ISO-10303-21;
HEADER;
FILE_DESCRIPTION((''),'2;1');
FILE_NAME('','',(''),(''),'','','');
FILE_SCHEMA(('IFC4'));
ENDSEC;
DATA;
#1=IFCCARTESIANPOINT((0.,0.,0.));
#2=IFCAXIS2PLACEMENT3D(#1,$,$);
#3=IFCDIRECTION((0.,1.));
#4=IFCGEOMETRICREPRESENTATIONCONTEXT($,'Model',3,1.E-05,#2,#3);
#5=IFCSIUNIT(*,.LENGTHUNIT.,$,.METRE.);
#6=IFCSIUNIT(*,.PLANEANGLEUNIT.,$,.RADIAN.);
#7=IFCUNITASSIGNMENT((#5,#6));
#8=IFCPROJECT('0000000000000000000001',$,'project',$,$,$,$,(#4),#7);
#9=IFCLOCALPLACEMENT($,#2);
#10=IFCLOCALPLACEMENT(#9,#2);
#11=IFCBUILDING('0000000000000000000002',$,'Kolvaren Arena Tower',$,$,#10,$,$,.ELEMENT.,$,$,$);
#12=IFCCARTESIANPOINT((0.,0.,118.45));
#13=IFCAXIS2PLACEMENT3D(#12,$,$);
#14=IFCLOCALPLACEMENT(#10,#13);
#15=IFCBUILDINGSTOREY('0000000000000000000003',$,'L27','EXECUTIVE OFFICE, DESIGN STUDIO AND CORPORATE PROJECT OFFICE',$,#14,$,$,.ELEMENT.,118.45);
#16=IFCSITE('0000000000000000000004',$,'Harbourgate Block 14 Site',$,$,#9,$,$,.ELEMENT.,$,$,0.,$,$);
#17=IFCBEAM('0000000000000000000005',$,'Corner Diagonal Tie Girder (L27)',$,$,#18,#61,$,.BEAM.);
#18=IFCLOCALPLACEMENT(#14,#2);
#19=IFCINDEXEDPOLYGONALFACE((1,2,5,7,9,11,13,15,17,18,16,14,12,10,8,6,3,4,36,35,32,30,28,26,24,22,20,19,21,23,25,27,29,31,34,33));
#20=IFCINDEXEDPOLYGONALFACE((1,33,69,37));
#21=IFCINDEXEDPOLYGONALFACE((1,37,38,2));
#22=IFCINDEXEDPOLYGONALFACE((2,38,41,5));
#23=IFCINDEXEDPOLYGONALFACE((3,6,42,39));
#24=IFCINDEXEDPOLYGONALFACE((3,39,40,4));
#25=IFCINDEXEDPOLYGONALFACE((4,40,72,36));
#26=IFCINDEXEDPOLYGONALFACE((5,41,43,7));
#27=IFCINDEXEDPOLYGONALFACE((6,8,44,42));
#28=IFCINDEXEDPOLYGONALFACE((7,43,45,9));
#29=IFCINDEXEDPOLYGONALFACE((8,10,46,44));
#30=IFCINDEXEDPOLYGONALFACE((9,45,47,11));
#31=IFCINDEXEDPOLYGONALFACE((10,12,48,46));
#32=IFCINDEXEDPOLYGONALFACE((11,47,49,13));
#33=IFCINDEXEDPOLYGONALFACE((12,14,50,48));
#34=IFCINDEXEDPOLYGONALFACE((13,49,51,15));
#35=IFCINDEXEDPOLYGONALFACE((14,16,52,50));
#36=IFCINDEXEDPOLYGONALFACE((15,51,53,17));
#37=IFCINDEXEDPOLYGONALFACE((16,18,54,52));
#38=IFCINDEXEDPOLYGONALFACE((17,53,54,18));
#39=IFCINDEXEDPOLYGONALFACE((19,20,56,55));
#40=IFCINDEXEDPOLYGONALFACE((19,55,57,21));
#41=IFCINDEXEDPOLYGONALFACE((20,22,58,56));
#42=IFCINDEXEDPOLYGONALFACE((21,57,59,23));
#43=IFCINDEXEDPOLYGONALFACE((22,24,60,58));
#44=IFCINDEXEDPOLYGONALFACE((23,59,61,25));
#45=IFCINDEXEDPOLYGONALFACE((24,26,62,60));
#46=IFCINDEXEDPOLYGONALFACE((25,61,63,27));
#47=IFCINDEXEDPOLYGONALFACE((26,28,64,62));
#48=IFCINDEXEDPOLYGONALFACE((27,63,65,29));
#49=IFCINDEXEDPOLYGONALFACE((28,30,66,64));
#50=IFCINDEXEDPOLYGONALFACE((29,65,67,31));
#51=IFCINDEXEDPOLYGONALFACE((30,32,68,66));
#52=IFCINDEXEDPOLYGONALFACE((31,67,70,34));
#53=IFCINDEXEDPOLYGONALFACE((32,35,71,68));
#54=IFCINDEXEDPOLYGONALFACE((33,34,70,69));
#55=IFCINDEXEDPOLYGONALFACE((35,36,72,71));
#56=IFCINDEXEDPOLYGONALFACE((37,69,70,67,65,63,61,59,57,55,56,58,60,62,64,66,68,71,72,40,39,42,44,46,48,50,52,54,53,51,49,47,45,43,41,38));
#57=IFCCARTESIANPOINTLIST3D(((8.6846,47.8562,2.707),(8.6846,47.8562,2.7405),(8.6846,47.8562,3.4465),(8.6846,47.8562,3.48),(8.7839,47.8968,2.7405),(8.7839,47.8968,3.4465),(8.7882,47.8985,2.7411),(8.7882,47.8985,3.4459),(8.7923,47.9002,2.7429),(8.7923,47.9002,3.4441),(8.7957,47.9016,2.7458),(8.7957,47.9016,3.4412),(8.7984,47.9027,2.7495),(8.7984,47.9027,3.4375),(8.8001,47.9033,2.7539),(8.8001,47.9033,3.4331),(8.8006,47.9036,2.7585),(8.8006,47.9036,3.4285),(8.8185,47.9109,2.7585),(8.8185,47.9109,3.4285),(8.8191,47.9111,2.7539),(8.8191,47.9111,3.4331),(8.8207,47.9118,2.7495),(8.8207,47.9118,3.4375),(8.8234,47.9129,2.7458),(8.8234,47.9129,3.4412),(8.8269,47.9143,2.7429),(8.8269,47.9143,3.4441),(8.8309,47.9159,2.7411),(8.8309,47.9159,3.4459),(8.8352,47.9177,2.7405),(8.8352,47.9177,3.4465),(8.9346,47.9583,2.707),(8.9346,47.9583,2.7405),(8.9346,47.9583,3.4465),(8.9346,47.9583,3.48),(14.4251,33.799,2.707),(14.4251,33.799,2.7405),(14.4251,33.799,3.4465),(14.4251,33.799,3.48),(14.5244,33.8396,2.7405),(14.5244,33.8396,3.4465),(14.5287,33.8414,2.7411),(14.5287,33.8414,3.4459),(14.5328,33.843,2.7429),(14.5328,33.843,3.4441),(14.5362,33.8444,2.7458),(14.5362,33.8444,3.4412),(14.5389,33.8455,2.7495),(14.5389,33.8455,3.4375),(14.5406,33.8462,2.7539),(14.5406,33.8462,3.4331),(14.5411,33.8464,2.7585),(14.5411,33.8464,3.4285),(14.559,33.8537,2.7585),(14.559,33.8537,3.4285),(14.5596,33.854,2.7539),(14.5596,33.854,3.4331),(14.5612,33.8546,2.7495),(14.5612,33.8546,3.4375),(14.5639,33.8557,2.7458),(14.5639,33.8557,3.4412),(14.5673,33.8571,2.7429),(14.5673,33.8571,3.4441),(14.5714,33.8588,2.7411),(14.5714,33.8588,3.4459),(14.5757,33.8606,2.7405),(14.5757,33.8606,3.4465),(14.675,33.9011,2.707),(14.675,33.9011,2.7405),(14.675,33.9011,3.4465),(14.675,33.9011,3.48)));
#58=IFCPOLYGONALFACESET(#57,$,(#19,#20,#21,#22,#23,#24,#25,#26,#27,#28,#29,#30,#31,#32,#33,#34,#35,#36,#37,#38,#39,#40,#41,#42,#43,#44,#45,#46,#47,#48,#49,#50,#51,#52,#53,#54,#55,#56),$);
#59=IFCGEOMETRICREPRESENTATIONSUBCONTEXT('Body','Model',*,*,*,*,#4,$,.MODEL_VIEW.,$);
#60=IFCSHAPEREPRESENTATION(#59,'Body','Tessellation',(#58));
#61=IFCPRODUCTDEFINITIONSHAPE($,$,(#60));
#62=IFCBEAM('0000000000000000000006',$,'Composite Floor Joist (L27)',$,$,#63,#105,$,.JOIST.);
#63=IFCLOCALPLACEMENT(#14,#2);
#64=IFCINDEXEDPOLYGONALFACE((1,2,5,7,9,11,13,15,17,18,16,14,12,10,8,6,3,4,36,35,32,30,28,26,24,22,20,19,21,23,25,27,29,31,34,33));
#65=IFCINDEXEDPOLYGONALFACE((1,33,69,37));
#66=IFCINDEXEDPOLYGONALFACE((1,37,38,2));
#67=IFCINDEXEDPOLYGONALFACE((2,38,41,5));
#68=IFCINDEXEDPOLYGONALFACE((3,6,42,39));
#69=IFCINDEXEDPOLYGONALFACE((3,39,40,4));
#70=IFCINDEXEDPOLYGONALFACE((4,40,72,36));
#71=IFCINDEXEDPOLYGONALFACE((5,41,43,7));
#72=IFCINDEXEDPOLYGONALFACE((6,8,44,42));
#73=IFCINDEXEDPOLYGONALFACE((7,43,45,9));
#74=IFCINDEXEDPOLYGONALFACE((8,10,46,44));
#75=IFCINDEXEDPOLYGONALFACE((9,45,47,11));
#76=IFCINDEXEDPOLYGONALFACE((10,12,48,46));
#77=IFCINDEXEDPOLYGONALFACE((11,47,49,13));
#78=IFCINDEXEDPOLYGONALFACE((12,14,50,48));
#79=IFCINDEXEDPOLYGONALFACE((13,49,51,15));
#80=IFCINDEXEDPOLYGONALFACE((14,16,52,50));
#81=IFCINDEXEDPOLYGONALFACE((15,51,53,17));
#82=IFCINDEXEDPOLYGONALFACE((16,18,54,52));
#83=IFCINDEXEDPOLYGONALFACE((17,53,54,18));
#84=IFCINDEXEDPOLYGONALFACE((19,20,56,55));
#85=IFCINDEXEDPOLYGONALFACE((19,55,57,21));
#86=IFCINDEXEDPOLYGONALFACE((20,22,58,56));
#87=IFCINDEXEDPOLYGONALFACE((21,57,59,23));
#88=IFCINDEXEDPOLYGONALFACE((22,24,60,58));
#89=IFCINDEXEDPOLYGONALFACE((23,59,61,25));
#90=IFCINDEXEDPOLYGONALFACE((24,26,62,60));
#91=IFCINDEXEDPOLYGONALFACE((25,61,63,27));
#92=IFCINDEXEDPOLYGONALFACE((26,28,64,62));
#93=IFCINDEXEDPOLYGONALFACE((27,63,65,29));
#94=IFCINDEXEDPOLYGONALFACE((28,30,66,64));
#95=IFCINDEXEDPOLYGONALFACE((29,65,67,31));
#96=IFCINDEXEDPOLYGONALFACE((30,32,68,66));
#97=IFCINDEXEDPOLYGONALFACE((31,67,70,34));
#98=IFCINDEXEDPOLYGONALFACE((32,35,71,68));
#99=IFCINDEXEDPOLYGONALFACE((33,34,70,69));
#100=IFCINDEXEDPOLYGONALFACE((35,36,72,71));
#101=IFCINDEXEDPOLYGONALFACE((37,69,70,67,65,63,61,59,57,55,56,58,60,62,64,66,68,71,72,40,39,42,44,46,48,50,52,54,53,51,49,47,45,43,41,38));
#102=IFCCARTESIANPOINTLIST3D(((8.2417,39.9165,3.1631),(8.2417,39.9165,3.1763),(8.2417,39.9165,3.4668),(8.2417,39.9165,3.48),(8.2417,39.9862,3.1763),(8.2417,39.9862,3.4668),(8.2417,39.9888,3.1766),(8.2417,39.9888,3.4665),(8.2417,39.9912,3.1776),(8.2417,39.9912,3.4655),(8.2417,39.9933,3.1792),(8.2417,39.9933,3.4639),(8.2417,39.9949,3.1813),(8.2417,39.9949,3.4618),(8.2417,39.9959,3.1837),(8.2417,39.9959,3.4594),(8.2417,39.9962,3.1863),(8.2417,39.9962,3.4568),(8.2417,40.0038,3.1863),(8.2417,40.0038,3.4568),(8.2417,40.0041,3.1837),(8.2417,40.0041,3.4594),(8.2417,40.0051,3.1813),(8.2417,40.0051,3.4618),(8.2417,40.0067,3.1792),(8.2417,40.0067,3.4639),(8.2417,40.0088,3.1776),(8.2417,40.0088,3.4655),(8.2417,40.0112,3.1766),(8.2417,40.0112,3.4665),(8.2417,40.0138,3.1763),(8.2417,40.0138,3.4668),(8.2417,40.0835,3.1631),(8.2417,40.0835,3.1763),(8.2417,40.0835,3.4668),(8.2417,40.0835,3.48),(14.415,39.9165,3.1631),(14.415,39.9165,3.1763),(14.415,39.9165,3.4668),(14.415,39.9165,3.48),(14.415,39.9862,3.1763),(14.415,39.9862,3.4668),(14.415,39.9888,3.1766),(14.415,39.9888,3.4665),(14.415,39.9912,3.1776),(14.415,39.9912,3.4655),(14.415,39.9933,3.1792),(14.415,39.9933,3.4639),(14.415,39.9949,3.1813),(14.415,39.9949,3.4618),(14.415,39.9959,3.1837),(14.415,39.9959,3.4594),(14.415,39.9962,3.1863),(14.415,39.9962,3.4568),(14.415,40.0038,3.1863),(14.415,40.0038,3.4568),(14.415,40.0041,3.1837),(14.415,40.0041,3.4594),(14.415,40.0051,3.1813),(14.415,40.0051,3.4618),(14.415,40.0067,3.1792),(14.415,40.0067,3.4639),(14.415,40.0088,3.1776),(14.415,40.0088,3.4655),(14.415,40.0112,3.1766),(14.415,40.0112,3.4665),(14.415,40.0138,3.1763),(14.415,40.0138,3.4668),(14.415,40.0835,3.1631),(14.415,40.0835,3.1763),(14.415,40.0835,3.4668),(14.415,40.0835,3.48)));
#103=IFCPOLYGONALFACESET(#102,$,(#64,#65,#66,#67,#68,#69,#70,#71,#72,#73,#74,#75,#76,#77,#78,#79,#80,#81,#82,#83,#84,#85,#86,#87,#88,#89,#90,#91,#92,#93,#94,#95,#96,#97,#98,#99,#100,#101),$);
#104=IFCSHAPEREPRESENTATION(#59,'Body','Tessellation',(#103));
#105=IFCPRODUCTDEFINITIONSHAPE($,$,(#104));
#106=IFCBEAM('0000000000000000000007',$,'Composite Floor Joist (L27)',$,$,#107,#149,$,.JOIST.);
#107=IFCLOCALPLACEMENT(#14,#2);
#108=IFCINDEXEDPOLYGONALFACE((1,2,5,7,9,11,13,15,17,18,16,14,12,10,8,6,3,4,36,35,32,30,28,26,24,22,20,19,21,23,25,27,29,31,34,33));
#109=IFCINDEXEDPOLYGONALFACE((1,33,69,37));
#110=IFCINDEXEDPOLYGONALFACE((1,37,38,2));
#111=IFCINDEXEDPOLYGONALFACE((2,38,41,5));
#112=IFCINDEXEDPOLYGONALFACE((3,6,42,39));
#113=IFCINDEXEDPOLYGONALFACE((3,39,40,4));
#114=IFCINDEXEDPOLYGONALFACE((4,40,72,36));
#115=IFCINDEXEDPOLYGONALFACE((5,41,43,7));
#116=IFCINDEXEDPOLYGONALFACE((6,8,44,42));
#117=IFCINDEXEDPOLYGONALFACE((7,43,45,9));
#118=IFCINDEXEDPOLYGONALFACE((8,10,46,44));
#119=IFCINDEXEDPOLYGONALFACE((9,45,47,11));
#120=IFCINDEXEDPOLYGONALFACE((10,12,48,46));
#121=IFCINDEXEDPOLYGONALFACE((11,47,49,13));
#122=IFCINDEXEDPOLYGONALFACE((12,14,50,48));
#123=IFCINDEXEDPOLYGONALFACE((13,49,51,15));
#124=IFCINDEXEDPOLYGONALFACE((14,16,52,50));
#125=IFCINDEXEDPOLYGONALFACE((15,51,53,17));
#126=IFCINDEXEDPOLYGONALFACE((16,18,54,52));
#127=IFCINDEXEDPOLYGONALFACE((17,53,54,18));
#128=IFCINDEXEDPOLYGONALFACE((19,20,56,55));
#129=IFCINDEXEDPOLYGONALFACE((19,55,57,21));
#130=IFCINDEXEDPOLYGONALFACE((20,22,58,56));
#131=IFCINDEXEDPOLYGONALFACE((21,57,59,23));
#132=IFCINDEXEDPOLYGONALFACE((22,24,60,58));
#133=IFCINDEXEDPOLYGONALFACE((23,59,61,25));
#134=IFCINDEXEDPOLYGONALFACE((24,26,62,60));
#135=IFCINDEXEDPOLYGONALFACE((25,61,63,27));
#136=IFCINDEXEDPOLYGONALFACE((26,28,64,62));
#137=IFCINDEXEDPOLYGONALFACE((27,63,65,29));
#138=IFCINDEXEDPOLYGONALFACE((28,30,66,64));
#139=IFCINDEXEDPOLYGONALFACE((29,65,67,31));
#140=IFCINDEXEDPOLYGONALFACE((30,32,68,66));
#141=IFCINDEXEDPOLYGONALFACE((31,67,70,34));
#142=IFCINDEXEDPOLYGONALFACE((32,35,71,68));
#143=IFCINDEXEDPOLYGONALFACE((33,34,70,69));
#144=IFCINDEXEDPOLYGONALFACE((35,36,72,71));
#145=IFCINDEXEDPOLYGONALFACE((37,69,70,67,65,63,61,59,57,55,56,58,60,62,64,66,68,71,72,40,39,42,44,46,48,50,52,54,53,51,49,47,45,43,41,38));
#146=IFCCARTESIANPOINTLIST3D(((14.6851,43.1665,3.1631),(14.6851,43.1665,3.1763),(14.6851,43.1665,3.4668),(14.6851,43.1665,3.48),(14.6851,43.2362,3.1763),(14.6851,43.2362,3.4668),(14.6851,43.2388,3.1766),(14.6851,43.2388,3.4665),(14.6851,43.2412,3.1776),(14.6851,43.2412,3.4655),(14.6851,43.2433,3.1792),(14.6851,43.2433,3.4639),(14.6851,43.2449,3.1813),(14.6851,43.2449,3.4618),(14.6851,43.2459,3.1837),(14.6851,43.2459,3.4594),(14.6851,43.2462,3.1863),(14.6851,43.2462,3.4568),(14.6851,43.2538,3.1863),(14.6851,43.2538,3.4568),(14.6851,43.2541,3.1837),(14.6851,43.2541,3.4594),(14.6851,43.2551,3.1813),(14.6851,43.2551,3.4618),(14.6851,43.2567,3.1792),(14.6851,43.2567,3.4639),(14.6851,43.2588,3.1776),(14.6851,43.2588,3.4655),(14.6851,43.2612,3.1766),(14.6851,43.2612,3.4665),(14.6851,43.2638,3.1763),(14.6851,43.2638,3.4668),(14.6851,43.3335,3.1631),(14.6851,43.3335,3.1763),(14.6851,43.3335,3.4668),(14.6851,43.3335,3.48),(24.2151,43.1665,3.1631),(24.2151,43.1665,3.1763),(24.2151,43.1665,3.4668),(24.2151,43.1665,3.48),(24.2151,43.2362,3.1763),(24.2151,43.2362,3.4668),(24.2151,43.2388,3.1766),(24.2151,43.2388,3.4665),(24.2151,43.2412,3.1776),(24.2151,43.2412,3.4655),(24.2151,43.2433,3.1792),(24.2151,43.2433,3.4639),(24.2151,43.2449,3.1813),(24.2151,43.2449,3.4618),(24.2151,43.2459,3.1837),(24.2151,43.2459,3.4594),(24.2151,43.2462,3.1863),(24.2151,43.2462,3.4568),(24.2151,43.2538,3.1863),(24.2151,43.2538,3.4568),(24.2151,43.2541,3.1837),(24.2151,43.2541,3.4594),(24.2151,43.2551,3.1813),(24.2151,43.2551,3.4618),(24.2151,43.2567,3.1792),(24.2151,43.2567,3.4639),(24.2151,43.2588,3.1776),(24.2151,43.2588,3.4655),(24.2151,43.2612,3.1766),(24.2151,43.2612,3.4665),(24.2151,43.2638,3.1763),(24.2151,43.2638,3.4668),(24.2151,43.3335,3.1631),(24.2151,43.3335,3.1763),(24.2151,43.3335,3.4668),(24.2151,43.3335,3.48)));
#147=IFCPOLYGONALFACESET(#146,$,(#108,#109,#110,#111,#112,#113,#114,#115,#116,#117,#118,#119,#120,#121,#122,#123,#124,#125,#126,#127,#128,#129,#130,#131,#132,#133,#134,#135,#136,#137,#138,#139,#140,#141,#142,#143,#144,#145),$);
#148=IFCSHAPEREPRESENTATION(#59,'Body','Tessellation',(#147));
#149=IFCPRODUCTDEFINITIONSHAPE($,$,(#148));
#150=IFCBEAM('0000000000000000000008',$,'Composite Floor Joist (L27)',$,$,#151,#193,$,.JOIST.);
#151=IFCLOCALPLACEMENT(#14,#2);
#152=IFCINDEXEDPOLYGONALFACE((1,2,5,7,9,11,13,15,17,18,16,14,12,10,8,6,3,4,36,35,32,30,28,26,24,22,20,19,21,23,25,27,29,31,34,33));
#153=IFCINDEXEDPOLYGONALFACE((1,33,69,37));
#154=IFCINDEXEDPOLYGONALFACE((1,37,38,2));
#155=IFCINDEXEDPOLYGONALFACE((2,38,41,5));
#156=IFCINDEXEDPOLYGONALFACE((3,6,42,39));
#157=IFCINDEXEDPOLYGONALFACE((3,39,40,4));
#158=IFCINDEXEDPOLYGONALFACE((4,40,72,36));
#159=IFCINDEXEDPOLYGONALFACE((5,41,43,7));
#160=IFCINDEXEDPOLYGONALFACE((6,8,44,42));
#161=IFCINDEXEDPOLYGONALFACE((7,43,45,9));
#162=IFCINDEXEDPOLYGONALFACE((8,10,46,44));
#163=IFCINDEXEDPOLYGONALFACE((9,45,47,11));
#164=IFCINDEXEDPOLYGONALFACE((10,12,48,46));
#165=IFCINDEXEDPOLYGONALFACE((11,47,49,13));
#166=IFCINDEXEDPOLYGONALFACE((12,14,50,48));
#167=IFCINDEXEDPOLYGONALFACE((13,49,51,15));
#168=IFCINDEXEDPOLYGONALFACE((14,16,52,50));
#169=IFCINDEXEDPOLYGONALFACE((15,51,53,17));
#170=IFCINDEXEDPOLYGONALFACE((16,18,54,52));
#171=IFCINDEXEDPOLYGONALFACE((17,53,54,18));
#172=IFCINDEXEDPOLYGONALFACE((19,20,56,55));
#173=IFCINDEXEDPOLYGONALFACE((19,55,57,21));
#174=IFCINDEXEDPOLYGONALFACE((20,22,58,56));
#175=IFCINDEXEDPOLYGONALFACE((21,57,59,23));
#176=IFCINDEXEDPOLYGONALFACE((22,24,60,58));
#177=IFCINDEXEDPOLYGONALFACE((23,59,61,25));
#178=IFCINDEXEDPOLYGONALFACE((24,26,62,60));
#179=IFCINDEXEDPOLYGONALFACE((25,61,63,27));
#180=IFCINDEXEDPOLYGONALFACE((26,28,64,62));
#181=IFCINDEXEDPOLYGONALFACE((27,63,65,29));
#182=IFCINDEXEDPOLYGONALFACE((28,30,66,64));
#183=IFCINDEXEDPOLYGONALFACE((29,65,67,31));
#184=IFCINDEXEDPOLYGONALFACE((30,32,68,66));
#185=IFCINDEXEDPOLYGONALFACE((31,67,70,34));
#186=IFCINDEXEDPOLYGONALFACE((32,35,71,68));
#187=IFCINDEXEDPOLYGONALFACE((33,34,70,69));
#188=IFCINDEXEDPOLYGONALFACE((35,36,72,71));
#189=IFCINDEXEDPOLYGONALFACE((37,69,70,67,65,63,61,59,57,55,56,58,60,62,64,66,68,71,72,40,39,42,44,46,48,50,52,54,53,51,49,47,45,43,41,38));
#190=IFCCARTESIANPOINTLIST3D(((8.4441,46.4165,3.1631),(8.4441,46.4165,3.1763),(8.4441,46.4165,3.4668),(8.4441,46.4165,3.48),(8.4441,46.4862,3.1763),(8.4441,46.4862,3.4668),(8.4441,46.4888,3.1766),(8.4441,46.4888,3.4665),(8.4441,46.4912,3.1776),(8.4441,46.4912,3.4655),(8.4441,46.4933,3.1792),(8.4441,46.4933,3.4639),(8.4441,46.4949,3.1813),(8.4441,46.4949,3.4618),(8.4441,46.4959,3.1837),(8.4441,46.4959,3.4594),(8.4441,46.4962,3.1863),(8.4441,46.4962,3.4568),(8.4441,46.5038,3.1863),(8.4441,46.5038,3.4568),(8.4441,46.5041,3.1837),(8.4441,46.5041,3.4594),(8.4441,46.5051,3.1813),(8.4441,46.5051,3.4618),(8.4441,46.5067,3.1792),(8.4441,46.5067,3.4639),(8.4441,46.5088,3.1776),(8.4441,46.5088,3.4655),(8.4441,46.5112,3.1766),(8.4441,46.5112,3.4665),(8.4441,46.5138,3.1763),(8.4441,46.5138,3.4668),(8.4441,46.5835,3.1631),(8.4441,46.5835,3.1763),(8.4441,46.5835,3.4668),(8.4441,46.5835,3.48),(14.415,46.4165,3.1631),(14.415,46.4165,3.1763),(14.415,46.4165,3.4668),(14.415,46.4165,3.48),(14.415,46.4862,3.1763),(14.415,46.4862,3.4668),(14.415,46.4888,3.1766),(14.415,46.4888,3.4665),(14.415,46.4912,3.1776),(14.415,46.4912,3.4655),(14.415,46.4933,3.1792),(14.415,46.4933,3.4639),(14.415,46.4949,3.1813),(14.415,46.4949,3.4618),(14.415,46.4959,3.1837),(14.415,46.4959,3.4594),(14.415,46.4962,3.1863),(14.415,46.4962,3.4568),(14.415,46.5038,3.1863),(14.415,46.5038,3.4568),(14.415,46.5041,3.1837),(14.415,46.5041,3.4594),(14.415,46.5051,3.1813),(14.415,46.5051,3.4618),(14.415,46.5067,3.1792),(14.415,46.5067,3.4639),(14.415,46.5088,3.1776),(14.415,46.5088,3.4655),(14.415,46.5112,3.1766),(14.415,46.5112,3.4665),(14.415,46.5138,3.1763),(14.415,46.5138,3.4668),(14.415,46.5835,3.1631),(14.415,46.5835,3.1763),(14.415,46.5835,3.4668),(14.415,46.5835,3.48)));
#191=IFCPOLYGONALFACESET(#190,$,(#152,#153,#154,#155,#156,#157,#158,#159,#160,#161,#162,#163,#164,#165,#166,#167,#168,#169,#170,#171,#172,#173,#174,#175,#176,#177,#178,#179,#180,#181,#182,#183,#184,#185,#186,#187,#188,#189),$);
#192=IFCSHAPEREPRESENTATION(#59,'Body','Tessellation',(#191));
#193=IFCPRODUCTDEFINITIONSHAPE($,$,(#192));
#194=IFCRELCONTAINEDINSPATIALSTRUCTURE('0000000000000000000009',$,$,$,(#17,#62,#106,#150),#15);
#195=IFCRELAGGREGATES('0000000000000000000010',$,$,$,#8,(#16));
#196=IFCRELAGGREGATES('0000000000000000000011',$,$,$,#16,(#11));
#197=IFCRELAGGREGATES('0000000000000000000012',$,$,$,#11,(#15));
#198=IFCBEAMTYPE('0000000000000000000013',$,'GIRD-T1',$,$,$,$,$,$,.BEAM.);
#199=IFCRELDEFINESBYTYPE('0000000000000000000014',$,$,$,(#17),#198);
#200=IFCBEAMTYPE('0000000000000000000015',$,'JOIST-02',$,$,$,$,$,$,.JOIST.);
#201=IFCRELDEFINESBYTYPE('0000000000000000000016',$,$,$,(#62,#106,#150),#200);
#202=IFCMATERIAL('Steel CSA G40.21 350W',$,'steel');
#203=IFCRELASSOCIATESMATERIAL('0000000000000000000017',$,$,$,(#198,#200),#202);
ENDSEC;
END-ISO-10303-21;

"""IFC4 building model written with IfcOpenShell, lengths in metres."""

from ifc_helpers import new_model, si_unit, direction, frame, origin, origin_2d, place, context, subcontext, project, spatial, i_section, extrude, material, material_profile, profile_set, type_object, element, save


model = new_model("IFC4")

# Units and contexts
model_context = context("Model", 3, precision=1e-05, world=origin(), true_north=direction((0.0, 1.0)))
body_context = subcontext(model_context, "Body", "Model", "MODEL_VIEW")
ifc_project = project(units=[si_unit("LENGTHUNIT", "METRE"), si_unit("PLANEANGLEUNIT", "RADIAN")], contexts=[model_context])

# Site, building, storey
site_placement = place(None, origin())
site = spatial("IfcSite", under=ifc_project, at=site_placement, Name="Harbourgate Block 14 Site", CompositionType="ELEMENT", RefElevation=0.0)
building_placement = place(site_placement, origin())
building = spatial("IfcBuilding", under=site, at=building_placement, Name="Kolvaren Arena Tower", CompositionType="ELEMENT")
storey_placement = place(building_placement, frame((0.0, 0.0, 118.45)))
storey = spatial("IfcBuildingStorey", under=building, at=storey_placement, Name="L27", Description="EXECUTIVE OFFICE, DESIGN STUDIO AND CORPORATE PROJECT OFFICE", CompositionType="ELEMENT", Elevation=118.45)

# Beams
ifc_material_1 = material(Name="Steel CSA G40.21 350W", Category="steel")
ifc_material_profile_1 = material_profile(ifc_material_1, i_section(OverallWidth=0.27, OverallDepth=0.7729, WebThickness=0.0193, FlangeThickness=0.0334, FilletRadius=0.0181, at=origin_2d()), Name="W760x257")
ifc_profile_set_1 = profile_set([ifc_material_profile_1], Name="Steel CSA G40.21 350W")
beam_type_1 = type_object("IfcBeamType", Name="GIRD-T1", PredefinedType="BEAM", material=ifc_profile_set_1)
beam_1_placement = place(storey_placement, frame((8.8096, 47.9072, 3.0935), z_axis=(0.378059, -0.925781, 0.0), x_axis=(0.925781, 0.378059, 0.0)))
element("IfcBeam", 1, at=beam_1_placement, inside=storey, type_object=beam_type_1, Name="Corner Diagonal Tie Girder (L27)", PredefinedType="BEAM", context=body_context, shape_type="SweptSolid", body=[
    extrude(i_section(OverallWidth=0.27, OverallDepth=0.7729, WebThickness=0.0193, FlangeThickness=0.0334, FilletRadius=0.0181, at=origin_2d()), origin(), (0.0, 0.0, 1.0), 15.1841),
])
ifc_material_profile_2 = material_profile(ifc_material_1, i_section(OverallWidth=0.167, OverallDepth=0.3169, WebThickness=0.0076, FlangeThickness=0.0132, FilletRadius=0.01, at=origin_2d()), Name="W310x52")
ifc_profile_set_2 = profile_set([ifc_material_profile_2], Name="Steel CSA G40.21 350W")
beam_type_2 = type_object("IfcBeamType", Name="JOIST-02", PredefinedType="JOIST", material=ifc_profile_set_2)
beam_2_placement = place(storey_placement, frame((8.2417, 40.0, 3.3215), z_axis=(1.0, 0.0, 0.0), x_axis=(0.0, 1.0, 0.0)))
element("IfcBeam", 2, at=beam_2_placement, inside=storey, type_object=beam_type_2, Name="Composite Floor Joist (L27)", PredefinedType="JOIST", context=body_context, shape_type="SweptSolid", body=[
    extrude(i_section(OverallWidth=0.167, OverallDepth=0.3169, WebThickness=0.0076, FlangeThickness=0.0132, FilletRadius=0.01, at=origin_2d()), origin(), (0.0, 0.0, 1.0), 6.1733),
])
beam_3_placement = place(storey_placement, frame((14.6851, 43.25, 3.3215), z_axis=(1.0, 0.0, 0.0), x_axis=(0.0, 1.0, 0.0)))
element("IfcBeam", 3, at=beam_3_placement, inside=storey, type_object=beam_type_2, Name="Composite Floor Joist (L27)", PredefinedType="JOIST", context=body_context, shape_type="SweptSolid", body=[
    extrude(i_section(OverallWidth=0.167, OverallDepth=0.3169, WebThickness=0.0076, FlangeThickness=0.0132, FilletRadius=0.01, at=origin_2d()), origin(), (0.0, 0.0, 1.0), 9.53),
])
beam_4_placement = place(storey_placement, frame((8.4441, 46.5, 3.3215), z_axis=(1.0, 0.0, 0.0), x_axis=(0.0, 1.0, 0.0)))
element("IfcBeam", 4, at=beam_4_placement, inside=storey, type_object=beam_type_2, Name="Composite Floor Joist (L27)", PredefinedType="JOIST", context=body_context, shape_type="SweptSolid", body=[
    extrude(i_section(OverallWidth=0.167, OverallDepth=0.3169, WebThickness=0.0076, FlangeThickness=0.0132, FilletRadius=0.01, at=origin_2d()), origin(), (0.0, 0.0, 1.0), 5.9709),
])

save(model, "model.ifc")
